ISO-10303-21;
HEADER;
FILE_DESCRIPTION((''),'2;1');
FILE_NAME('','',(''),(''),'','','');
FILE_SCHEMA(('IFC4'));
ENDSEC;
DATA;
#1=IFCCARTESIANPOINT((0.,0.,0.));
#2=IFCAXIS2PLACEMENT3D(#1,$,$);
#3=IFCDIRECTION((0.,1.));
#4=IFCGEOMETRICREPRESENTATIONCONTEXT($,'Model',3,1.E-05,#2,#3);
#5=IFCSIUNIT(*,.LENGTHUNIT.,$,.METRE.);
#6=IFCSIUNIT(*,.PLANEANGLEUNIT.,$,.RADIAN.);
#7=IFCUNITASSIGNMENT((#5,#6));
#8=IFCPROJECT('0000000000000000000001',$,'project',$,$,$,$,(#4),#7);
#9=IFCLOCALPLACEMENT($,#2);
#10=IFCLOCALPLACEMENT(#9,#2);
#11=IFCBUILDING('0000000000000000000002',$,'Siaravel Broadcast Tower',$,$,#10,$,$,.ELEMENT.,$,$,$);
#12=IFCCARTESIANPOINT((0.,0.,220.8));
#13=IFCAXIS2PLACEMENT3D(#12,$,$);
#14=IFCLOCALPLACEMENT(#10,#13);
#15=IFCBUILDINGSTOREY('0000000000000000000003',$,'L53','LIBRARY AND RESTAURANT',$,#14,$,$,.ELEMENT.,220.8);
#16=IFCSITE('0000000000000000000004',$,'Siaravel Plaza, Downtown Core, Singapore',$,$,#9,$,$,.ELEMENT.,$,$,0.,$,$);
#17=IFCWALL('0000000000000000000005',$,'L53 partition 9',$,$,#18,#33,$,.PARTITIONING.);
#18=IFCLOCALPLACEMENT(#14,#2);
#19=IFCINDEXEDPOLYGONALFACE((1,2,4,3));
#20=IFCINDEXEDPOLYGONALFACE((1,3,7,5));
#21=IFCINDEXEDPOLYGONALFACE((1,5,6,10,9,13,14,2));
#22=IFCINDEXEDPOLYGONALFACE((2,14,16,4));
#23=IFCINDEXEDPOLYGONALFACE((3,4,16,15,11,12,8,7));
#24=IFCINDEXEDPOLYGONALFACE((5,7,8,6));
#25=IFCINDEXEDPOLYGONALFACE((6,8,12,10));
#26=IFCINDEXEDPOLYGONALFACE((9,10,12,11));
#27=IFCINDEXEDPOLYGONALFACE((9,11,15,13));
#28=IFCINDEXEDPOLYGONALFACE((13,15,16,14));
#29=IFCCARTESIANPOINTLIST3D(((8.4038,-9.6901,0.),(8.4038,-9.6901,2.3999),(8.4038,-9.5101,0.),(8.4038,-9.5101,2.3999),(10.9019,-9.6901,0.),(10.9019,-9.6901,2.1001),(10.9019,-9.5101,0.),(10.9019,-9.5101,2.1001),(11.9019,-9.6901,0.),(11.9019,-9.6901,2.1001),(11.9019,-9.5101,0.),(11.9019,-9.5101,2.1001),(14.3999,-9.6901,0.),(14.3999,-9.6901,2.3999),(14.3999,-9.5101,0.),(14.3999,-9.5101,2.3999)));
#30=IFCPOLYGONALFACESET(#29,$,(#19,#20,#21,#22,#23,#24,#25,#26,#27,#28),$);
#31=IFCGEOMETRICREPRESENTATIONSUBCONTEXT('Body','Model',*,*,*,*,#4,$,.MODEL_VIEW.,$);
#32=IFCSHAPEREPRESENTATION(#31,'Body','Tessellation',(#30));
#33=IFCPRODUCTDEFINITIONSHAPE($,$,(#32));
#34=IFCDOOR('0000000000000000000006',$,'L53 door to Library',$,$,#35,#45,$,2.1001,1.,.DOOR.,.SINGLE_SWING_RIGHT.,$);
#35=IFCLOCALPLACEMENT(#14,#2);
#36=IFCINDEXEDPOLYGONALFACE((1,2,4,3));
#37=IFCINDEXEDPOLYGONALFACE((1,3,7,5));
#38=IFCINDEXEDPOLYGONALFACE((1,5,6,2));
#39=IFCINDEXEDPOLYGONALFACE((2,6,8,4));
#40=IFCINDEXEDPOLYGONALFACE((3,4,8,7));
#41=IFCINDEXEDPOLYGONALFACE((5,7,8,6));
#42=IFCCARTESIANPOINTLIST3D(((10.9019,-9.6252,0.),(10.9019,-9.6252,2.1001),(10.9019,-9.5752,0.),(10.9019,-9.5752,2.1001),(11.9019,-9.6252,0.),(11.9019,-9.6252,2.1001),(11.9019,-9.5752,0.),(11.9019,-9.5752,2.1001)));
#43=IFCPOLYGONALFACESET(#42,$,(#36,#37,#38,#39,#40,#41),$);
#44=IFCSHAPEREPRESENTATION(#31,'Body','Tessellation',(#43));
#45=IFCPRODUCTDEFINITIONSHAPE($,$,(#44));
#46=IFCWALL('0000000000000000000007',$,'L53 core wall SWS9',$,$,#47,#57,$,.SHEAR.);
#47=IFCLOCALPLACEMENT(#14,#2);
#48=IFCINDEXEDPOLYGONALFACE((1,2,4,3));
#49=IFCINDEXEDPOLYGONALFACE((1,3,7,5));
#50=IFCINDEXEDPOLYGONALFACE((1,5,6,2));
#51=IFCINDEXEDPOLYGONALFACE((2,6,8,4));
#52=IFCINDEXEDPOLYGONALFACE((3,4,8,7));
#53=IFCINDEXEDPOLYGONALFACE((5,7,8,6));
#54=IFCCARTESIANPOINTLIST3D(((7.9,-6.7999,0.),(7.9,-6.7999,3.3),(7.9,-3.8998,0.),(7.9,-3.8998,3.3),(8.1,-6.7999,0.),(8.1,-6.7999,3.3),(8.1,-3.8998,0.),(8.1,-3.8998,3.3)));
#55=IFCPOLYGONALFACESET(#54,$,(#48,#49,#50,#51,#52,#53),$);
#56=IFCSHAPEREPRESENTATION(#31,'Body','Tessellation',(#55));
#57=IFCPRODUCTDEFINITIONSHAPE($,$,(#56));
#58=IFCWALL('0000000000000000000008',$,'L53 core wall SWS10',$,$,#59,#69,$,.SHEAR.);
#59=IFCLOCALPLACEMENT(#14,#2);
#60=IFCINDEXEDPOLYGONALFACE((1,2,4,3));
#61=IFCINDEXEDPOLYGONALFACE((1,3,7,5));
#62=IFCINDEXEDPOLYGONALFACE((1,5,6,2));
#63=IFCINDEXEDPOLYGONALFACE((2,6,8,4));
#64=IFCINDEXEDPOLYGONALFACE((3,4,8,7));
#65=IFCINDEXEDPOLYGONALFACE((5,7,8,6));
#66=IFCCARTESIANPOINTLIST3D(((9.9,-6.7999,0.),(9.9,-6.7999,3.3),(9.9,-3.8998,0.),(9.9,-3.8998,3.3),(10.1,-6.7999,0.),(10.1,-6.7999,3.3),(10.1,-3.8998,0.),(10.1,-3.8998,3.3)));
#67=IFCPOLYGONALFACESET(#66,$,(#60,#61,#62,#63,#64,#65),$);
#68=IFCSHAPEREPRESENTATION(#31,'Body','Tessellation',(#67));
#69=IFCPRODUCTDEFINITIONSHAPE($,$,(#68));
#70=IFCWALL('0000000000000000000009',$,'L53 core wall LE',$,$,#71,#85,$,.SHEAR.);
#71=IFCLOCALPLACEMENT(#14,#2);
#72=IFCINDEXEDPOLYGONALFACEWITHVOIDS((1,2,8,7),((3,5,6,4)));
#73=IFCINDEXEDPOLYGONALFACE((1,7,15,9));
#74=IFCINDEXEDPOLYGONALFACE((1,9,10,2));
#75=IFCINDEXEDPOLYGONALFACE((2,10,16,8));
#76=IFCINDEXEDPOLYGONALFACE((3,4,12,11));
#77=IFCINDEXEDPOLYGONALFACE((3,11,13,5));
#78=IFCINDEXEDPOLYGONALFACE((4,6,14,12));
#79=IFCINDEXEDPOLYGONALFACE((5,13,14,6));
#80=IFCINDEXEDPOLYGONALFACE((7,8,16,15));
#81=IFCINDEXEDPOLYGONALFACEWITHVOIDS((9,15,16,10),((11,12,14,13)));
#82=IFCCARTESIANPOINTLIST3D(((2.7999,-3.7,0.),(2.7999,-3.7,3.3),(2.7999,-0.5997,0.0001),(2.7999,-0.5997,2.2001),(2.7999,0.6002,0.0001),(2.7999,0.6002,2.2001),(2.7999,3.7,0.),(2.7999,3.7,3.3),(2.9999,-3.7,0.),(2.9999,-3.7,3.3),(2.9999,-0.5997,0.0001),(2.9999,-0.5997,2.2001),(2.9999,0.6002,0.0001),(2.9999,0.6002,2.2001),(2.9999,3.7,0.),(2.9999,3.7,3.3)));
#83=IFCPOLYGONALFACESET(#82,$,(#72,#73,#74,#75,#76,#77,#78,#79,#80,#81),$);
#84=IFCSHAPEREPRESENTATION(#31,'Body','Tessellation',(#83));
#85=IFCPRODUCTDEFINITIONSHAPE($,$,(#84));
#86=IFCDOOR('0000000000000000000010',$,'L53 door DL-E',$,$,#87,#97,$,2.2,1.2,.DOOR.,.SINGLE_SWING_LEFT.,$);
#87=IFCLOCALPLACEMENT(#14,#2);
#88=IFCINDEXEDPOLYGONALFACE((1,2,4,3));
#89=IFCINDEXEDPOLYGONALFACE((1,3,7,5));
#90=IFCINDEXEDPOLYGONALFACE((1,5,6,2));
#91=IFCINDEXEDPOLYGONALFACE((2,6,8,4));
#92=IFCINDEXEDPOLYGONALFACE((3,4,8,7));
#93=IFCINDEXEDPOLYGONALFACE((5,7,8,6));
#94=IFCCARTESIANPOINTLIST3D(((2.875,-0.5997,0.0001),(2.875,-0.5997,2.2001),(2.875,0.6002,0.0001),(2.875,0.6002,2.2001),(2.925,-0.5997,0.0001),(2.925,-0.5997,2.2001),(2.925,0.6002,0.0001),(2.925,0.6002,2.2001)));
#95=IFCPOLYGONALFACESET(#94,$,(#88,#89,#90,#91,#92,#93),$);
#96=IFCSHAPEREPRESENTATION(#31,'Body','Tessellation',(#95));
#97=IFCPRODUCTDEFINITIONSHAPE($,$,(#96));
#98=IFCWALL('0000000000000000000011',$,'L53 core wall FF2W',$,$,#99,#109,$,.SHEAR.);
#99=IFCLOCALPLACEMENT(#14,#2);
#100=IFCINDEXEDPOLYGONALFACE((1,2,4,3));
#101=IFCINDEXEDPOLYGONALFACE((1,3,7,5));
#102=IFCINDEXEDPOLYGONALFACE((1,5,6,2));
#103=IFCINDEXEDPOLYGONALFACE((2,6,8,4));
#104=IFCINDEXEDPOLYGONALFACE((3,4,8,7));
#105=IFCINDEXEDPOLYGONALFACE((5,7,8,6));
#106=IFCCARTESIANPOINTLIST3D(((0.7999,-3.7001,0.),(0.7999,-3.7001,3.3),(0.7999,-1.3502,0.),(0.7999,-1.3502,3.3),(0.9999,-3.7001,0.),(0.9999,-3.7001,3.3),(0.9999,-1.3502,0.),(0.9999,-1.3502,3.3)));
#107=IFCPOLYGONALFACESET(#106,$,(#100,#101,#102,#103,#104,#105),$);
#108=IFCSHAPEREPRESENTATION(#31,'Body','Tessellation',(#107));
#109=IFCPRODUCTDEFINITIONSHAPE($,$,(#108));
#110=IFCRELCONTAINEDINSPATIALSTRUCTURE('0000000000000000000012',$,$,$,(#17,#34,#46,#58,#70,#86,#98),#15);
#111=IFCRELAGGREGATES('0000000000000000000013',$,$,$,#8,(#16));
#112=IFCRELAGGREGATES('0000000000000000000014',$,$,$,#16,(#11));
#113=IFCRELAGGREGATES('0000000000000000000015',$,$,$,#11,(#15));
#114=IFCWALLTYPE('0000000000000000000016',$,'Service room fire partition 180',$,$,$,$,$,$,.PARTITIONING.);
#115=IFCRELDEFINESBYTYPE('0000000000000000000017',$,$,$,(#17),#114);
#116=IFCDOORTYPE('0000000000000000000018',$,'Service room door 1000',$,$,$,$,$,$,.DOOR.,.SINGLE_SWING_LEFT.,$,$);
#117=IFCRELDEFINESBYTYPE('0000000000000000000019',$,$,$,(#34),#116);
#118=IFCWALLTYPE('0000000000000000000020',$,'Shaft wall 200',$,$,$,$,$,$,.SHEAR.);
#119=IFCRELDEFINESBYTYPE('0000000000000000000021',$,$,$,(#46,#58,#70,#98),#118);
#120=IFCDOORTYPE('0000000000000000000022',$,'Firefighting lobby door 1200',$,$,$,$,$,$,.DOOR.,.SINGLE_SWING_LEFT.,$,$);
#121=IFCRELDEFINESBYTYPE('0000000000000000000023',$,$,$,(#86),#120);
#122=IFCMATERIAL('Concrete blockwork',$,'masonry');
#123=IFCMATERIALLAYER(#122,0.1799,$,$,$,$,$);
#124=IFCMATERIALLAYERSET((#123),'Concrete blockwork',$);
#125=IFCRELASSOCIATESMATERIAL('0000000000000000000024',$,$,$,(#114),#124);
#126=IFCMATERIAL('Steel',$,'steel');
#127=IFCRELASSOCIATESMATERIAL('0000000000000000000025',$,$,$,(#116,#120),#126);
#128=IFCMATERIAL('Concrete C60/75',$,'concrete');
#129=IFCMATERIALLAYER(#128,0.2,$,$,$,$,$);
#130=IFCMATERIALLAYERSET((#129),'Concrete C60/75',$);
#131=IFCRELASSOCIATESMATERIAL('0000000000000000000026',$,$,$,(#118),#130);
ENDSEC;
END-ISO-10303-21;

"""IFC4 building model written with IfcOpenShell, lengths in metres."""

from ifc_helpers import new_model, si_unit, direction, frame, frame_2d, origin, place, context, subcontext, project, spatial, rectangle, extrude, material, layer, layer_set, type_object, element, fill, save


model = new_model("IFC4")

# Units and contexts
model_context = context("Model", 3, precision=1e-05, world=origin(), true_north=direction((0.0, 1.0)))
body_context = subcontext(model_context, "Body", "Model", "MODEL_VIEW")
ifc_project = project(units=[si_unit("LENGTHUNIT", "METRE"), si_unit("PLANEANGLEUNIT", "RADIAN")], contexts=[model_context])

# Site, building, storey
site_placement = place(None, origin())
site = spatial("IfcSite", under=ifc_project, at=site_placement, Name="Siaravel Plaza, Downtown Core, Singapore", CompositionType="ELEMENT", RefElevation=0.0)
building_placement = place(site_placement, origin())
building = spatial("IfcBuilding", under=site, at=building_placement, Name="Siaravel Broadcast Tower", CompositionType="ELEMENT")
storey_placement = place(building_placement, frame((0.0, 0.0, 220.8)))
storey = spatial("IfcBuildingStorey", under=building, at=storey_placement, Name="L53", Description="LIBRARY AND RESTAURANT", CompositionType="ELEMENT", Elevation=220.8)

# Shared definitions
ifc_material_1 = material(Name="Concrete blockwork", Category="masonry")

# Shared definitions
ifc_material_2 = material(Name="Concrete C60/75", Category="concrete")
ifc_material_3 = material(Name="Steel", Category="steel")

# Wall, opening, door
ifc_layer_1 = layer(ifc_material_1, 0.1799)
ifc_layer_set_1 = layer_set([ifc_layer_1], Name="Concrete blockwork")
wall_type_1 = type_object("IfcWallType", Name="Service room fire partition 180", PredefinedType="PARTITIONING", material=ifc_layer_set_1)
wall_1_placement = place(storey_placement, frame((8.4038, -9.6001, 0.0), z_axis=(0.0, 0.0, 1.0), x_axis=(1.0, 0.0, 0.0)))
wall_1 = element("IfcWall", 1, at=wall_1_placement, inside=storey, type_object=wall_type_1, Name="L53 partition 9", PredefinedType="PARTITIONING", context=body_context, shape_type="SweptSolid", body=[
    extrude(rectangle(XDim=5.9961, YDim=0.1799, at=frame_2d((2.998, 0.0))), origin(), (0.0, 0.0, 1.0), 2.3999),
])
opening_1_placement = place(wall_1_placement, frame((2.498, 0.0, 0.0)))
opening_1 = element("IfcOpeningElement", 2, at=opening_1_placement, cuts=wall_1, PredefinedType="OPENING", context=body_context, shape_type="SweptSolid", body=[
    extrude(rectangle(XDim=1.0, YDim=2.1001, at=frame_2d((0.5, 1.05))), frame((0.0, 0.0999, 0.0), z_axis=(0.0, -1.0, 0.0), x_axis=(1.0, 0.0, 0.0)), (0.0, 0.0, 1.0), 0.2),
])
door_type_1 = type_object("IfcDoorType", Name="Service room door 1000", OperationType="SINGLE_SWING_LEFT", PredefinedType="DOOR", material=ifc_material_3)
door_1_placement = place(opening_1_placement, origin())
door_1 = element("IfcDoor", 3, at=door_1_placement, inside=storey, type_object=door_type_1, Name="L53 door to Library", OperationType="SINGLE_SWING_RIGHT", OverallHeight=2.1001, OverallWidth=1.0, PredefinedType="DOOR", context=body_context, shape_type="SweptSolid", body=[
    extrude(rectangle(XDim=1.0, YDim=2.1001, at=frame_2d((0.5, 1.05))), frame((0.0, 0.0249, 0.0), z_axis=(0.0, -1.0, 0.0), x_axis=(1.0, 0.0, 0.0)), (0.0, 0.0, 1.0), 0.05),
])
fill(opening_1, door_1)

# Walls
ifc_layer_2 = layer(ifc_material_2, 0.2)
ifc_layer_set_2 = layer_set([ifc_layer_2], Name="Concrete C60/75")
wall_type_2 = type_object("IfcWallType", Name="Shaft wall 200", PredefinedType="SHEAR", material=ifc_layer_set_2)
for number, where, z_axis, x_axis, name in (
    (4, (8.0, -6.8, 0.0), (0.0, 0.0, 1.0), (0.0, 1.0, 0.0), "L53 core wall SWS9"),
    (5, (10.0, -6.8, 0.0), (0.0, 0.0, 1.0), (0.0, 1.0, 0.0), "L53 core wall SWS10"),
):
    element("IfcWall", number, at=place(storey_placement, frame(where, z_axis=z_axis, x_axis=x_axis)), inside=storey, type_object=wall_type_2, Name=name, PredefinedType="SHEAR", context=body_context, shape_type="SweptSolid", body=[
        extrude(rectangle(XDim=2.9001, YDim=0.2, at=frame_2d((1.4502, 0.0))), origin(), (0.0, 0.0, 1.0), 3.3),
    ])

# Wall, opening, door
wall_2_placement = place(storey_placement, frame((2.8999, -3.7, 0.0), z_axis=(0.0, 0.0, 1.0), x_axis=(0.0, 1.0, 0.0)))
wall_2 = element("IfcWall", 6, at=wall_2_placement, inside=storey, type_object=wall_type_2, Name="L53 core wall LE", PredefinedType="SHEAR", context=body_context, shape_type="SweptSolid", body=[
    extrude(rectangle(XDim=7.3999, YDim=0.2, at=frame_2d((3.7, 0.0))), origin(), (0.0, 0.0, 1.0), 3.3),
])
opening_2_placement = place(wall_2_placement, frame((3.1001, 0.0, 0.0)))
opening_2 = element("IfcOpeningElement", 7, at=opening_2_placement, cuts=wall_2, PredefinedType="OPENING", context=body_context, shape_type="SweptSolid", body=[
    extrude(rectangle(XDim=1.2, YDim=2.2, at=frame_2d((0.6001, 1.1001))), frame((0.0, 0.1099, 0.0), z_axis=(0.0, -1.0, 0.0), x_axis=(1.0, 0.0, 0.0)), (0.0, 0.0, 1.0), 0.22),
])
door_type_2 = type_object("IfcDoorType", Name="Firefighting lobby door 1200", OperationType="SINGLE_SWING_LEFT", PredefinedType="DOOR", material=ifc_material_3)
door_2_placement = place(opening_2_placement, origin())
door_2 = element("IfcDoor", 8, at=door_2_placement, inside=storey, type_object=door_type_2, Name="L53 door DL-E", OperationType="SINGLE_SWING_LEFT", OverallHeight=2.2, OverallWidth=1.2, PredefinedType="DOOR", context=body_context, shape_type="SweptSolid", body=[
    extrude(rectangle(XDim=1.2, YDim=2.2, at=frame_2d((0.6001, 1.1001))), frame((0.0, 0.0249, 0.0), z_axis=(0.0, -1.0, 0.0), x_axis=(1.0, 0.0, 0.0)), (0.0, 0.0, 1.0), 0.05),
])
fill(opening_2, door_2)

# Wall
wall_3_placement = place(storey_placement, frame((0.8999, -3.7, 0.0), z_axis=(0.0, 0.0, 1.0), x_axis=(0.0, 1.0, 0.0)))
element("IfcWall", 9, at=wall_3_placement, inside=storey, type_object=wall_type_2, Name="L53 core wall FF2W", PredefinedType="SHEAR", context=body_context, shape_type="SweptSolid", body=[
    extrude(rectangle(XDim=2.3499, YDim=0.2, at=frame_2d((1.1748, 0.0))), origin(), (0.0, 0.0, 1.0), 3.3),
])

save(model, "model.ifc")
